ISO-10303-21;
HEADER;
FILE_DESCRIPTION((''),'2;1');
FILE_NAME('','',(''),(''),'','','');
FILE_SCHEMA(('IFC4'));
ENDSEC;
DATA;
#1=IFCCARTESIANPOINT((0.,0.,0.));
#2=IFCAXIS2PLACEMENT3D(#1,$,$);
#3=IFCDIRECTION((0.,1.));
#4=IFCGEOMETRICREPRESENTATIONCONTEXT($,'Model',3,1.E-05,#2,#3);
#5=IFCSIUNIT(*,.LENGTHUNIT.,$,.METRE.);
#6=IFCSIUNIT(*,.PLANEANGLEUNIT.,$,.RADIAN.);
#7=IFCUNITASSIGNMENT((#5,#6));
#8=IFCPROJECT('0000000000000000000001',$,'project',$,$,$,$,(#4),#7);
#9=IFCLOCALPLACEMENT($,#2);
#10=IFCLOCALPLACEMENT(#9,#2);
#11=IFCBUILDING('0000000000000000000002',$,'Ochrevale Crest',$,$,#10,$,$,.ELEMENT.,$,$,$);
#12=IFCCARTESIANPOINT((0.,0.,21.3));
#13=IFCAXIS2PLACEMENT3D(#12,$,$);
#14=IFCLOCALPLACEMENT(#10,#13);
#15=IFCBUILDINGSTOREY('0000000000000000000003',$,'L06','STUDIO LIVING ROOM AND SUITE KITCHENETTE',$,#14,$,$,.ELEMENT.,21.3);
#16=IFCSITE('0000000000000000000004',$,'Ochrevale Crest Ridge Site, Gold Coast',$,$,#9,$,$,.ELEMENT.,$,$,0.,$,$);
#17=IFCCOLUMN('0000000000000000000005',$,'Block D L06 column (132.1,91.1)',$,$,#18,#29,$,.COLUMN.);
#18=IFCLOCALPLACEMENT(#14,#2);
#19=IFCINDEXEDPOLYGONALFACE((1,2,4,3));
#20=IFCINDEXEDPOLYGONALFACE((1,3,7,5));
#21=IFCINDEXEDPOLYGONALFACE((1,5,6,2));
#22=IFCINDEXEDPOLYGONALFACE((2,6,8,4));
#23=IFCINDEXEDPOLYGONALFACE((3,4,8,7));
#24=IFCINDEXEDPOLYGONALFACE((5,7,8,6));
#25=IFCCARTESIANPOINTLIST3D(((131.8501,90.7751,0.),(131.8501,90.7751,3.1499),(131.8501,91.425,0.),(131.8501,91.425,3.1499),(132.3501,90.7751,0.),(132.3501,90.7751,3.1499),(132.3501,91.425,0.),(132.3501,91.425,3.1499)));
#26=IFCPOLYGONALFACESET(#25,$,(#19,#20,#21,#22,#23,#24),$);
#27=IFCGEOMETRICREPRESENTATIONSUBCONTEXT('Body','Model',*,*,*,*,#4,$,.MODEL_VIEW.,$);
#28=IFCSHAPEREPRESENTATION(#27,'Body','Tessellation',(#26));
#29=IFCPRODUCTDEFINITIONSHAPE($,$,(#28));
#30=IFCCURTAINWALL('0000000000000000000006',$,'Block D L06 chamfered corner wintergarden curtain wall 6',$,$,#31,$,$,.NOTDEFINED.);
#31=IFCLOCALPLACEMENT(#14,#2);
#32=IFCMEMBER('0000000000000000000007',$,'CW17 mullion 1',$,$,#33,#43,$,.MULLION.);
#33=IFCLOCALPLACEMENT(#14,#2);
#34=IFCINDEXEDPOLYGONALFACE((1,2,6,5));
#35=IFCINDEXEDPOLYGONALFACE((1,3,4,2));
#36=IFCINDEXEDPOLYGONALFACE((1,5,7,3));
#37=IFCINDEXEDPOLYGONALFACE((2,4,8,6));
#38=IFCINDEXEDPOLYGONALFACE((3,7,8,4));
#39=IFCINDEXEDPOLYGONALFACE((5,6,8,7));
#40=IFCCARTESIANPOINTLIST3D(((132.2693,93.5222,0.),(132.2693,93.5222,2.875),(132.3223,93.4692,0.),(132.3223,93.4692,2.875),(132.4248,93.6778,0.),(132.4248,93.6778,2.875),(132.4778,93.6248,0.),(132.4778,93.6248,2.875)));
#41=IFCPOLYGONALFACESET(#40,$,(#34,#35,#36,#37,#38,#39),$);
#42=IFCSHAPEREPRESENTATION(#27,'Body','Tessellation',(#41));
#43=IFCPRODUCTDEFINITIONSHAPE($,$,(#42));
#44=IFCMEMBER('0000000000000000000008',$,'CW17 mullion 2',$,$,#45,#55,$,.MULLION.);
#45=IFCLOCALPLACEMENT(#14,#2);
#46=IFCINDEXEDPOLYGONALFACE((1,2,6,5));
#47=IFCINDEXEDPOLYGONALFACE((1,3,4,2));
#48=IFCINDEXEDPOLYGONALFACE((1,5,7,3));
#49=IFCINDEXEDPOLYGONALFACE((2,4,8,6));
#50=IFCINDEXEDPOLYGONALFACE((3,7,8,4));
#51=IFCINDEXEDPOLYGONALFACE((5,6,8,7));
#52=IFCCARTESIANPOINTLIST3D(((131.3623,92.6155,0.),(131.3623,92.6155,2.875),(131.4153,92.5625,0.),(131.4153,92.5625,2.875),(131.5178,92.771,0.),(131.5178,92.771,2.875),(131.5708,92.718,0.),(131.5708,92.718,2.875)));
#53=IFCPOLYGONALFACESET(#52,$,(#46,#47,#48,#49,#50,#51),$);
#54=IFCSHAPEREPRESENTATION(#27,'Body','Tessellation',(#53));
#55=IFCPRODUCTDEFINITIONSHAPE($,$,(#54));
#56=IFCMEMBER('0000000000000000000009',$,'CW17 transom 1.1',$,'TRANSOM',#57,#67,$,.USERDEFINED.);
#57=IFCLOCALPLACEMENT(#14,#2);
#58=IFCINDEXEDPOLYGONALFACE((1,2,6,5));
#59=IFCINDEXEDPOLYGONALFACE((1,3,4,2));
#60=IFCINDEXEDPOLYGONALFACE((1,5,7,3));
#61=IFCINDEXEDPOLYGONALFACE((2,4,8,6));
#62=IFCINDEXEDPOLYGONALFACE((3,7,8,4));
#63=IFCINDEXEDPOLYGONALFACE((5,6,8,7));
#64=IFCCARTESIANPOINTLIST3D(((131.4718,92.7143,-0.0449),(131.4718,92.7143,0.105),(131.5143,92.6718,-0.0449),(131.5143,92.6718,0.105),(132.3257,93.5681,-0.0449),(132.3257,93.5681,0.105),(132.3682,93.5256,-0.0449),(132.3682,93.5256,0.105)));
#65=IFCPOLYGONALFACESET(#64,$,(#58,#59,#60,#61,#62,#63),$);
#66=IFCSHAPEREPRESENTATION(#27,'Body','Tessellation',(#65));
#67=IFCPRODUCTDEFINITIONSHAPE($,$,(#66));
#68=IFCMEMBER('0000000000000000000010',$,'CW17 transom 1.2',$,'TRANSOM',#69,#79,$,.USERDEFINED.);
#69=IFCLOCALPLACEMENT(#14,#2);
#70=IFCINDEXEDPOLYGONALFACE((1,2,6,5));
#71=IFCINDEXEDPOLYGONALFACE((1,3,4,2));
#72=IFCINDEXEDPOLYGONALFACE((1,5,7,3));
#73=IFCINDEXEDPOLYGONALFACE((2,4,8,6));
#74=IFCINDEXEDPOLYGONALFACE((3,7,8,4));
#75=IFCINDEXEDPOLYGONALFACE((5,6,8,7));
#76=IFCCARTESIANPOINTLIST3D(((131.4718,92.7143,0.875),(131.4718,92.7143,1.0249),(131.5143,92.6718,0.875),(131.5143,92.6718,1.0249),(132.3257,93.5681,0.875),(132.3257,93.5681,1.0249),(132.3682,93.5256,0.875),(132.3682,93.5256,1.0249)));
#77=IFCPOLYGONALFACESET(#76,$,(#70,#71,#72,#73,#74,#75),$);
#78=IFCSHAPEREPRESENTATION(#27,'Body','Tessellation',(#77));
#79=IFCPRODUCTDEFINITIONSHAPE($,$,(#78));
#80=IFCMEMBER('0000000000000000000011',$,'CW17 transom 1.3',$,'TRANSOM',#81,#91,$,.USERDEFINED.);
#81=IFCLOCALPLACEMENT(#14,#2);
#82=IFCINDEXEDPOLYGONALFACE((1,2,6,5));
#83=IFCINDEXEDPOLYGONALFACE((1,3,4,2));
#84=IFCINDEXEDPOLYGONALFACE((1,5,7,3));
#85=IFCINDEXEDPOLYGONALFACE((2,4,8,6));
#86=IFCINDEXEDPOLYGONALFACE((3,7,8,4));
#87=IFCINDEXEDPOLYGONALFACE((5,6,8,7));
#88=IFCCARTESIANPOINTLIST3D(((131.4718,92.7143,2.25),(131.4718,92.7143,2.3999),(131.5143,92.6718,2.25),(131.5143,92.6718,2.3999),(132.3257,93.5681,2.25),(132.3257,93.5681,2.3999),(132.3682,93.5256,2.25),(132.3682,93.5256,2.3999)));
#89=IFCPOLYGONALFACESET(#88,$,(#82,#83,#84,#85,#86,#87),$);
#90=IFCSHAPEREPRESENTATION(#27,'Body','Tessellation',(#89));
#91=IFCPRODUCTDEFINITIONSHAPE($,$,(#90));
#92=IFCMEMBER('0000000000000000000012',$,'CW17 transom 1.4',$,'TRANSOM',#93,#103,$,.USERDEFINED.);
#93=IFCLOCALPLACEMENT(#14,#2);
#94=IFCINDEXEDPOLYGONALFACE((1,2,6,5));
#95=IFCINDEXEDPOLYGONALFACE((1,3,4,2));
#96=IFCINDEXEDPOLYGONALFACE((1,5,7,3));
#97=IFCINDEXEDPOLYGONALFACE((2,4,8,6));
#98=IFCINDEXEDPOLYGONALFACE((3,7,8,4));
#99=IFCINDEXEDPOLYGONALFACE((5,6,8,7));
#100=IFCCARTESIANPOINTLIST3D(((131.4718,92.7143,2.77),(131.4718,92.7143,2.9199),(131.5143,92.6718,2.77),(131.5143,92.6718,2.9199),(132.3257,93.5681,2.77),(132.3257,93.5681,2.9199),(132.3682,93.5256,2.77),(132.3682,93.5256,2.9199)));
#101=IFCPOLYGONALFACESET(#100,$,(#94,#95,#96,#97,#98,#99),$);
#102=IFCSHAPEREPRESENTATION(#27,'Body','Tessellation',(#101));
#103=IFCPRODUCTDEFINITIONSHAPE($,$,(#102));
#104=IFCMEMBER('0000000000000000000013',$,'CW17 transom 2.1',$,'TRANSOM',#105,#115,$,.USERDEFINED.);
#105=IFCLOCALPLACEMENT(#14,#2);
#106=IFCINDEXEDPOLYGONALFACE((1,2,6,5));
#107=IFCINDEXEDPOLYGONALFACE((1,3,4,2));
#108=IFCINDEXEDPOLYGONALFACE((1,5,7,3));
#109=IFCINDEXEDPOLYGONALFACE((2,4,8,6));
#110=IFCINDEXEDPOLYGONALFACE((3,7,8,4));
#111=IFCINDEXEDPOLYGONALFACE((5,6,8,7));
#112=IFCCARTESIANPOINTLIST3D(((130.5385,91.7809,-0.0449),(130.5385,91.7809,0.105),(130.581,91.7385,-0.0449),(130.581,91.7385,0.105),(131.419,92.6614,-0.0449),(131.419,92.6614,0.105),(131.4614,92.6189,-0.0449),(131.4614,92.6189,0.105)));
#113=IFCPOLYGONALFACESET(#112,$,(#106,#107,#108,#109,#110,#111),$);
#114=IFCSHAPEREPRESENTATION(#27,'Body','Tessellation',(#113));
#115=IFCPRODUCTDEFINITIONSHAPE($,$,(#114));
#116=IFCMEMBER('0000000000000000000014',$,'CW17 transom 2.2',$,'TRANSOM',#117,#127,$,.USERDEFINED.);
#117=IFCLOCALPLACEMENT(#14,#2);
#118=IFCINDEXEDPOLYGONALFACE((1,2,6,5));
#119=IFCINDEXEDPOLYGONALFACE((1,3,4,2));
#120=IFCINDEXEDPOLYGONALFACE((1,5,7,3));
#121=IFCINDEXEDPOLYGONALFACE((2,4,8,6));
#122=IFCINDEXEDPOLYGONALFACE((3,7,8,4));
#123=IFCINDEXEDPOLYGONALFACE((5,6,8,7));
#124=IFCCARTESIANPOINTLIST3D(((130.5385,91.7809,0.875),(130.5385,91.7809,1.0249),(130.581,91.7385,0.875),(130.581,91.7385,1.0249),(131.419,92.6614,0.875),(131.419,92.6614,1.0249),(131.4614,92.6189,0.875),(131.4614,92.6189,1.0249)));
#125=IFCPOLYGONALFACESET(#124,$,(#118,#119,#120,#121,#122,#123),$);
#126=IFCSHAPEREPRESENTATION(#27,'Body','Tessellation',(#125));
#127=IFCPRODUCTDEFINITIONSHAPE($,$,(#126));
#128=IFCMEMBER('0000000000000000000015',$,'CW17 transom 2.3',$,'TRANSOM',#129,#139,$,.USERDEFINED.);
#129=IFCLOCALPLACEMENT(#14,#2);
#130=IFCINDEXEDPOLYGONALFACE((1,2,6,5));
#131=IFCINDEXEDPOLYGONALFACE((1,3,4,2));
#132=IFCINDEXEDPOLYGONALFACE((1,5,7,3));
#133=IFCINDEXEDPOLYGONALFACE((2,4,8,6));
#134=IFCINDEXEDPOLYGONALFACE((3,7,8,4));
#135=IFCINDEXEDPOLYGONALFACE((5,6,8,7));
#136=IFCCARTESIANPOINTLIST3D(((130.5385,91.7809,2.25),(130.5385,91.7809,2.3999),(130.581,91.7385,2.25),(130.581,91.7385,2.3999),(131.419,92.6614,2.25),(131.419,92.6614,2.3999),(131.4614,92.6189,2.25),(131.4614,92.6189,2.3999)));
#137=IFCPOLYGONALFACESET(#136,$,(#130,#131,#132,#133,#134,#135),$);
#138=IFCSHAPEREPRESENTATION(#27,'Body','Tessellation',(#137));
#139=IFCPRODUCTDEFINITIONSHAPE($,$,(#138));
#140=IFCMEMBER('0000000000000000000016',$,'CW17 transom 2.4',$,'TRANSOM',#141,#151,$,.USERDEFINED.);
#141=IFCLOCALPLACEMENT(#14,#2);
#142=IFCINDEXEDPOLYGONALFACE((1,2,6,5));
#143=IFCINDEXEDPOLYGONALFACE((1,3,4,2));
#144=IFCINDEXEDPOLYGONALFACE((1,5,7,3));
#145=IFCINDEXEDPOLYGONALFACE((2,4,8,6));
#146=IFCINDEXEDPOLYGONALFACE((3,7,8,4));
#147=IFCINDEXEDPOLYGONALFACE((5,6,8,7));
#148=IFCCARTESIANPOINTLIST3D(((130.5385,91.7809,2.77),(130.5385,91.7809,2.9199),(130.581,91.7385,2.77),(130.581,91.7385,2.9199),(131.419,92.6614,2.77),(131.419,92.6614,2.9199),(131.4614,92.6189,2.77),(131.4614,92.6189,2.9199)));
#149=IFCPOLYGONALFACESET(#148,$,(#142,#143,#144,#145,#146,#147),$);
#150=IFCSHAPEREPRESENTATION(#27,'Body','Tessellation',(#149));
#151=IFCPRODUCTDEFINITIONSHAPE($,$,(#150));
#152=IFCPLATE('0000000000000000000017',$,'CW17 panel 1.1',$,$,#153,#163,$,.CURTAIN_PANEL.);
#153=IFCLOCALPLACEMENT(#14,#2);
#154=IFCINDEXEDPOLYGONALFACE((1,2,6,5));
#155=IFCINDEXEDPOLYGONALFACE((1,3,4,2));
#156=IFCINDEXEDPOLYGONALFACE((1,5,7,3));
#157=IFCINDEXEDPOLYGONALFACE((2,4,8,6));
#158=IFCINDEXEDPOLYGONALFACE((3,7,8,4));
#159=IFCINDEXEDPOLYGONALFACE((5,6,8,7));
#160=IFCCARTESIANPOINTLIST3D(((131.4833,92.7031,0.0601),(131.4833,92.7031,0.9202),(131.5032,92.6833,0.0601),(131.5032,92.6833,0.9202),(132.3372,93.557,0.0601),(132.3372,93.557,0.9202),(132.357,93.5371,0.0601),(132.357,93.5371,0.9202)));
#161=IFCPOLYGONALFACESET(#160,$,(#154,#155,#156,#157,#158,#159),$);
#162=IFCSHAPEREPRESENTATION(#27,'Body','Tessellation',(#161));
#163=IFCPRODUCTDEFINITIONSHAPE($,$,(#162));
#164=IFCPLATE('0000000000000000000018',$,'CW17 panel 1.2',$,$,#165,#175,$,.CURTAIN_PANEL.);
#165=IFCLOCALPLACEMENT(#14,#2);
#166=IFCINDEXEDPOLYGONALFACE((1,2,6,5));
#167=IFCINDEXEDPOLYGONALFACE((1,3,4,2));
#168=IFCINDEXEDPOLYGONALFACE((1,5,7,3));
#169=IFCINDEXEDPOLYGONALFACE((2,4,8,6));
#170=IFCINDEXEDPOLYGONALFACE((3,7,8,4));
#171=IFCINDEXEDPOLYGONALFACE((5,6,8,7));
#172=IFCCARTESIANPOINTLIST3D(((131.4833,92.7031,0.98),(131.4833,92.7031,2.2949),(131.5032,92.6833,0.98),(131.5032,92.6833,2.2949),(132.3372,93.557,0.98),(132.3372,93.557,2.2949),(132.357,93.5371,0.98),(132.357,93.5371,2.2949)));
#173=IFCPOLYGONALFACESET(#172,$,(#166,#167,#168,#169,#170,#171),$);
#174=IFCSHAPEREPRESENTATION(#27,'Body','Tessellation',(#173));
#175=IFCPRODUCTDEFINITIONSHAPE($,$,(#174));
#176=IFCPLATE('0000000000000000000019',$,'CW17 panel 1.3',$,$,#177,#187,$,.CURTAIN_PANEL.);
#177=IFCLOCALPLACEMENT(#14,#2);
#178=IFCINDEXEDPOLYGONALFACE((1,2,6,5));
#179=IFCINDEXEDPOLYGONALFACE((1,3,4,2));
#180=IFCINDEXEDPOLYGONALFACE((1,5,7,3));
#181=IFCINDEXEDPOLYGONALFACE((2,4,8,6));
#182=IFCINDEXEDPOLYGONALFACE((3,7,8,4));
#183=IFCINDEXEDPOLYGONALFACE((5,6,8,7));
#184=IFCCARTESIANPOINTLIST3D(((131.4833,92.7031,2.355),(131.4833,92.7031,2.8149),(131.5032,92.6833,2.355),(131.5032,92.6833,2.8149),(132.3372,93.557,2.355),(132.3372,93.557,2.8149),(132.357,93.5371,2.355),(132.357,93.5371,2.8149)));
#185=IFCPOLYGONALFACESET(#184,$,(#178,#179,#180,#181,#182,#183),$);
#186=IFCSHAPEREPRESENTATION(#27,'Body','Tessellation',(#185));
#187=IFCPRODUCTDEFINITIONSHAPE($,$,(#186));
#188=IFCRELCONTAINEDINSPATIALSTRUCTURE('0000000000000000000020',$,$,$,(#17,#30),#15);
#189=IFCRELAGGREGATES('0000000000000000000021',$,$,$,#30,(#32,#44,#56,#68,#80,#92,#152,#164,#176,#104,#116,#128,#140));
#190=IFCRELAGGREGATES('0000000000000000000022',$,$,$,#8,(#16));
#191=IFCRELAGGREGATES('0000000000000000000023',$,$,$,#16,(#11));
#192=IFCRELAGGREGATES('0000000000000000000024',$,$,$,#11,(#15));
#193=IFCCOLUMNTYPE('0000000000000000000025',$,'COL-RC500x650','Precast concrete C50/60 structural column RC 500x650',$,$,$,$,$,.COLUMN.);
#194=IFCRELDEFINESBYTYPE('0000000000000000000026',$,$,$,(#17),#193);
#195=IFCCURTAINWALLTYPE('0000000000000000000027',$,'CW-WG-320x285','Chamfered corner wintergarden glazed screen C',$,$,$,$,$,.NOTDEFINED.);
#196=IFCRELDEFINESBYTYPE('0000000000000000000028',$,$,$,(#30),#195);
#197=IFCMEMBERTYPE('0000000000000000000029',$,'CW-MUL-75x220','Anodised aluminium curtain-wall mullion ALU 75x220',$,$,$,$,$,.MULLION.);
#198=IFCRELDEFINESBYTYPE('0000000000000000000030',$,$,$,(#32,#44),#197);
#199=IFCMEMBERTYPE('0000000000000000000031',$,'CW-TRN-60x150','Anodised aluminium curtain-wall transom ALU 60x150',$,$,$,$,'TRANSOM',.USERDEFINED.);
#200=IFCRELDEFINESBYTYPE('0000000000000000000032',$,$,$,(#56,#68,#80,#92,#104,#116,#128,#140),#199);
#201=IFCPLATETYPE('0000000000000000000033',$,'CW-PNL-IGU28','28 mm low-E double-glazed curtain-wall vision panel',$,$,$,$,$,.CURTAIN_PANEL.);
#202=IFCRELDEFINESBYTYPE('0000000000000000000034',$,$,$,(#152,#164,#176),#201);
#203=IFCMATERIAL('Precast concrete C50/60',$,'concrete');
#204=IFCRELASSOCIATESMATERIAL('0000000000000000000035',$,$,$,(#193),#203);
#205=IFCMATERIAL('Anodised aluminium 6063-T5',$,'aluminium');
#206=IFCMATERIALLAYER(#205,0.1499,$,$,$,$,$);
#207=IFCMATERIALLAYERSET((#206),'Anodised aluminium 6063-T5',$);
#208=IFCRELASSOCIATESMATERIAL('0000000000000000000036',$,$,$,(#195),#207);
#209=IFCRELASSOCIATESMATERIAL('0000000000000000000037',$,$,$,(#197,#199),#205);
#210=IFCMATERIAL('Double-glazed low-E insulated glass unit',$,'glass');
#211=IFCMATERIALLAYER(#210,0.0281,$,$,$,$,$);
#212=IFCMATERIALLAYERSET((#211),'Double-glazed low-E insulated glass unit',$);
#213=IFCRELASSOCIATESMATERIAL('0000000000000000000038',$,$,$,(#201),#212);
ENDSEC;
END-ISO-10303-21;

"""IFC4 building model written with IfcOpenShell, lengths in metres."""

from ifc_helpers import new_model, si_unit, direction, frame, origin, origin_2d, place, context, subcontext, project, spatial, rectangle, extrude, material, layer, layer_set, material_profile, profile_set, type_object, element, aggregate, save


model = new_model("IFC4")

# Units and contexts
model_context = context("Model", 3, precision=1e-05, world=origin(), true_north=direction((0.0, 1.0)))
body_context = subcontext(model_context, "Body", "Model", "MODEL_VIEW")
ifc_project = project(units=[si_unit("LENGTHUNIT", "METRE"), si_unit("PLANEANGLEUNIT", "RADIAN")], contexts=[model_context])

# Site, building, storey
site_placement = place(None, origin())
site = spatial("IfcSite", under=ifc_project, at=site_placement, Name="Ochrevale Crest Ridge Site, Gold Coast", CompositionType="ELEMENT", RefElevation=0.0)
building_placement = place(site_placement, origin())
building = spatial("IfcBuilding", under=site, at=building_placement, Name="Ochrevale Crest", CompositionType="ELEMENT")
storey_placement = place(building_placement, frame((0.0, 0.0, 21.3)))
storey = spatial("IfcBuildingStorey", under=building, at=storey_placement, Name="L06", Description="STUDIO LIVING ROOM AND SUITE KITCHENETTE", CompositionType="ELEMENT", Elevation=21.3)

# Column
ifc_material_1 = material(Name="Precast concrete C50/60", Category="concrete")
ifc_material_profile_1 = material_profile(ifc_material_1, rectangle(XDim=0.5, YDim=0.6499, at=origin_2d()), Name="RC 500x650")
ifc_profile_set_1 = profile_set([ifc_material_profile_1], Name="Precast concrete C50/60")
column_type = type_object("IfcColumnType", Name="COL-RC500x650", Description="Precast concrete C50/60 structural column RC 500x650", PredefinedType="COLUMN", material=ifc_profile_set_1)
column_placement = place(storey_placement, frame((132.1001, 91.1001, 0.0), z_axis=(0.0, 0.0, 1.0), x_axis=(1.0, 0.0, 0.0)))
element("IfcColumn", 1, at=column_placement, inside=storey, type_object=column_type, Name="Block D L06 column (132.1,91.1)", PredefinedType="COLUMN", context=body_context, shape_type="SweptSolid", body=[
    extrude(rectangle(XDim=0.5, YDim=0.6499, at=origin_2d()), origin(), (0.0, 0.0, 1.0), 3.1499),
])

# Curtain wall, members, plates
ifc_material_2 = material(Name="Anodised aluminium 6063-T5", Category="aluminium")
ifc_layer_1 = layer(ifc_material_2, 0.1499)
ifc_layer_set_1 = layer_set([ifc_layer_1], Name="Anodised aluminium 6063-T5")
curtain_wall_type = type_object("IfcCurtainWallType", Name="CW-WG-320x285", Description="Chamfered corner wintergarden glazed screen C", PredefinedType="NOTDEFINED", material=ifc_layer_set_1)
curtain_wall_placement = place(storey_placement, origin())
curtain_wall = element("IfcCurtainWall", 2, at=curtain_wall_placement, inside=storey, type_object=curtain_wall_type, Name="Block D L06 chamfered corner wintergarden curtain wall 6", PredefinedType="NOTDEFINED")
ifc_material_profile_2 = material_profile(ifc_material_2, rectangle(XDim=0.075, YDim=0.22, at=origin_2d()), Name="ALU 75x220")
ifc_profile_set_2 = profile_set([ifc_material_profile_2], Name="Anodised aluminium 6063-T5")
member_type_1 = type_object("IfcMemberType", Name="CW-MUL-75x220", Description="Anodised aluminium curtain-wall mullion ALU 75x220", PredefinedType="MULLION", material=ifc_profile_set_2)
member_1_placement = place(storey_placement, frame((132.3735, 93.5735, 0.0), z_axis=(0.0, 0.0, 1.0), x_axis=(0.707107, -0.707107, 0.0)))
member_1 = element("IfcMember", 3, at=member_1_placement, type_object=member_type_1, Name="CW17 mullion 1", PredefinedType="MULLION", context=body_context, shape_type="SweptSolid", body=[
    extrude(rectangle(XDim=0.075, YDim=0.22, at=origin_2d()), origin(), (0.0, 0.0, 1.0), 2.875),
])
member_2_placement = place(storey_placement, frame((131.4666, 92.6667, 0.0), z_axis=(0.0, 0.0, 1.0), x_axis=(0.707107, -0.707107, 0.0)))
member_2 = element("IfcMember", 4, at=member_2_placement, type_object=member_type_1, Name="CW17 mullion 2", PredefinedType="MULLION", context=body_context, shape_type="SweptSolid", body=[
    extrude(rectangle(XDim=0.075, YDim=0.22, at=origin_2d()), origin(), (0.0, 0.0, 1.0), 2.875),
])
ifc_material_profile_3 = material_profile(ifc_material_2, rectangle(XDim=0.0601, YDim=0.1499, at=origin_2d()), Name="ALU 60x150")
ifc_profile_set_3 = profile_set([ifc_material_profile_3], Name="Anodised aluminium 6063-T5")
member_type_2 = type_object("IfcMemberType", Name="CW-TRN-60x150", Description="Anodised aluminium curtain-wall transom ALU 60x150", ElementType="TRANSOM", PredefinedType="USERDEFINED", material=ifc_profile_set_3)
member_3_placement = place(storey_placement, frame((132.3469, 93.5469, 0.03), z_axis=(-0.707107, -0.707107, 0.0), x_axis=(0.707107, -0.707107, 0.0)))
member_3 = element("IfcMember", 5, at=member_3_placement, type_object=member_type_2, Name="CW17 transom 1.1", ObjectType="TRANSOM", PredefinedType="USERDEFINED", context=body_context, shape_type="SweptSolid", body=[
    extrude(rectangle(XDim=0.0601, YDim=0.1499, at=origin_2d()), origin(), (0.0, 0.0, 1.0), 1.2075),
])
member_4_placement = place(storey_placement, frame((132.3469, 93.5469, 0.95), z_axis=(-0.707107, -0.707107, 0.0), x_axis=(0.707107, -0.707107, 0.0)))
member_4 = element("IfcMember", 6, at=member_4_placement, type_object=member_type_2, Name="CW17 transom 1.2", ObjectType="TRANSOM", PredefinedType="USERDEFINED", context=body_context, shape_type="SweptSolid", body=[
    extrude(rectangle(XDim=0.0601, YDim=0.1499, at=origin_2d()), origin(), (0.0, 0.0, 1.0), 1.2075),
])
member_5_placement = place(storey_placement, frame((132.3469, 93.5469, 2.325), z_axis=(-0.707107, -0.707107, 0.0), x_axis=(0.707107, -0.707107, 0.0)))
member_5 = element("IfcMember", 7, at=member_5_placement, type_object=member_type_2, Name="CW17 transom 1.3", ObjectType="TRANSOM", PredefinedType="USERDEFINED", context=body_context, shape_type="SweptSolid", body=[
    extrude(rectangle(XDim=0.0601, YDim=0.1499, at=origin_2d()), origin(), (0.0, 0.0, 1.0), 1.2075),
])
member_6_placement = place(storey_placement, frame((132.3469, 93.5469, 2.845), z_axis=(-0.707107, -0.707107, 0.0), x_axis=(0.707107, -0.707107, 0.0)))
member_6 = element("IfcMember", 8, at=member_6_placement, type_object=member_type_2, Name="CW17 transom 1.4", ObjectType="TRANSOM", PredefinedType="USERDEFINED", context=body_context, shape_type="SweptSolid", body=[
    extrude(rectangle(XDim=0.0601, YDim=0.1499, at=origin_2d()), origin(), (0.0, 0.0, 1.0), 1.2075),
])
member_7_placement = place(storey_placement, frame((131.4402, 92.6401, 0.03), z_axis=(-0.707107, -0.707107, 0.0), x_axis=(0.707107, -0.707107, 0.0)))
member_7 = element("IfcMember", 9, at=member_7_placement, type_object=member_type_2, Name="CW17 transom 2.1", ObjectType="TRANSOM", PredefinedType="USERDEFINED", context=body_context, shape_type="SweptSolid", body=[
    extrude(rectangle(XDim=0.0601, YDim=0.1499, at=origin_2d()), origin(), (0.0, 0.0, 1.0), 1.2451),
])
member_8_placement = place(storey_placement, frame((131.4402, 92.6401, 0.95), z_axis=(-0.707107, -0.707107, 0.0), x_axis=(0.707107, -0.707107, 0.0)))
member_8 = element("IfcMember", 10, at=member_8_placement, type_object=member_type_2, Name="CW17 transom 2.2", ObjectType="TRANSOM", PredefinedType="USERDEFINED", context=body_context, shape_type="SweptSolid", body=[
    extrude(rectangle(XDim=0.0601, YDim=0.1499, at=origin_2d()), origin(), (0.0, 0.0, 1.0), 1.2451),
])
member_9_placement = place(storey_placement, frame((131.4402, 92.6401, 2.325), z_axis=(-0.707107, -0.707107, 0.0), x_axis=(0.707107, -0.707107, 0.0)))
member_9 = element("IfcMember", 11, at=member_9_placement, type_object=member_type_2, Name="CW17 transom 2.3", ObjectType="TRANSOM", PredefinedType="USERDEFINED", context=body_context, shape_type="SweptSolid", body=[
    extrude(rectangle(XDim=0.0601, YDim=0.1499, at=origin_2d()), origin(), (0.0, 0.0, 1.0), 1.2451),
])
member_10_placement = place(storey_placement, frame((131.4402, 92.6401, 2.845), z_axis=(-0.707107, -0.707107, 0.0), x_axis=(0.707107, -0.707107, 0.0)))
member_10 = element("IfcMember", 12, at=member_10_placement, type_object=member_type_2, Name="CW17 transom 2.4", ObjectType="TRANSOM", PredefinedType="USERDEFINED", context=body_context, shape_type="SweptSolid", body=[
    extrude(rectangle(XDim=0.0601, YDim=0.1499, at=origin_2d()), origin(), (0.0, 0.0, 1.0), 1.2451),
])
ifc_material_3 = material(Name="Double-glazed low-E insulated glass unit", Category="glass")
ifc_layer_2 = layer(ifc_material_3, 0.0281)
ifc_layer_set_2 = layer_set([ifc_layer_2], Name="Double-glazed low-E insulated glass unit")
plate_type = type_object("IfcPlateType", Name="CW-PNL-IGU28", Description="28 mm low-E double-glazed curtain-wall vision panel", PredefinedType="CURTAIN_PANEL", material=ifc_layer_set_2)
plate_1_placement = place(storey_placement, frame((131.9202, 93.1201, 0.0601), z_axis=(0.0, 0.0, 1.0), x_axis=(-0.707107, -0.707107, 0.0)))
plate_1 = element("IfcPlate", 13, at=plate_1_placement, type_object=plate_type, Name="CW17 panel 1.1", PredefinedType="CURTAIN_PANEL", context=body_context, shape_type="SweptSolid", body=[
    extrude(rectangle(XDim=1.2075, YDim=0.0281, at=origin_2d()), origin(), (0.0, 0.0, 1.0), 0.8601),
])
plate_2_placement = place(storey_placement, frame((131.9202, 93.1201, 0.98), z_axis=(0.0, 0.0, 1.0), x_axis=(-0.707107, -0.707107, 0.0)))
plate_2 = element("IfcPlate", 14, at=plate_2_placement, type_object=plate_type, Name="CW17 panel 1.2", PredefinedType="CURTAIN_PANEL", context=body_context, shape_type="SweptSolid", body=[
    extrude(rectangle(XDim=1.2075, YDim=0.0281, at=origin_2d()), origin(), (0.0, 0.0, 1.0), 1.3149),
])
plate_3_placement = place(storey_placement, frame((131.9202, 93.1201, 2.355), z_axis=(0.0, 0.0, 1.0), x_axis=(-0.707107, -0.707107, 0.0)))
plate_3 = element("IfcPlate", 15, at=plate_3_placement, type_object=plate_type, Name="CW17 panel 1.3", PredefinedType="CURTAIN_PANEL", context=body_context, shape_type="SweptSolid", body=[
    extrude(rectangle(XDim=1.2075, YDim=0.0281, at=origin_2d()), origin(), (0.0, 0.0, 1.0), 0.46),
])
aggregate(curtain_wall, [member_1, member_2, member_3, member_4, member_5, member_6, plate_1, plate_2, plate_3, member_7, member_8, member_9, member_10])

save(model, "model.ifc")
